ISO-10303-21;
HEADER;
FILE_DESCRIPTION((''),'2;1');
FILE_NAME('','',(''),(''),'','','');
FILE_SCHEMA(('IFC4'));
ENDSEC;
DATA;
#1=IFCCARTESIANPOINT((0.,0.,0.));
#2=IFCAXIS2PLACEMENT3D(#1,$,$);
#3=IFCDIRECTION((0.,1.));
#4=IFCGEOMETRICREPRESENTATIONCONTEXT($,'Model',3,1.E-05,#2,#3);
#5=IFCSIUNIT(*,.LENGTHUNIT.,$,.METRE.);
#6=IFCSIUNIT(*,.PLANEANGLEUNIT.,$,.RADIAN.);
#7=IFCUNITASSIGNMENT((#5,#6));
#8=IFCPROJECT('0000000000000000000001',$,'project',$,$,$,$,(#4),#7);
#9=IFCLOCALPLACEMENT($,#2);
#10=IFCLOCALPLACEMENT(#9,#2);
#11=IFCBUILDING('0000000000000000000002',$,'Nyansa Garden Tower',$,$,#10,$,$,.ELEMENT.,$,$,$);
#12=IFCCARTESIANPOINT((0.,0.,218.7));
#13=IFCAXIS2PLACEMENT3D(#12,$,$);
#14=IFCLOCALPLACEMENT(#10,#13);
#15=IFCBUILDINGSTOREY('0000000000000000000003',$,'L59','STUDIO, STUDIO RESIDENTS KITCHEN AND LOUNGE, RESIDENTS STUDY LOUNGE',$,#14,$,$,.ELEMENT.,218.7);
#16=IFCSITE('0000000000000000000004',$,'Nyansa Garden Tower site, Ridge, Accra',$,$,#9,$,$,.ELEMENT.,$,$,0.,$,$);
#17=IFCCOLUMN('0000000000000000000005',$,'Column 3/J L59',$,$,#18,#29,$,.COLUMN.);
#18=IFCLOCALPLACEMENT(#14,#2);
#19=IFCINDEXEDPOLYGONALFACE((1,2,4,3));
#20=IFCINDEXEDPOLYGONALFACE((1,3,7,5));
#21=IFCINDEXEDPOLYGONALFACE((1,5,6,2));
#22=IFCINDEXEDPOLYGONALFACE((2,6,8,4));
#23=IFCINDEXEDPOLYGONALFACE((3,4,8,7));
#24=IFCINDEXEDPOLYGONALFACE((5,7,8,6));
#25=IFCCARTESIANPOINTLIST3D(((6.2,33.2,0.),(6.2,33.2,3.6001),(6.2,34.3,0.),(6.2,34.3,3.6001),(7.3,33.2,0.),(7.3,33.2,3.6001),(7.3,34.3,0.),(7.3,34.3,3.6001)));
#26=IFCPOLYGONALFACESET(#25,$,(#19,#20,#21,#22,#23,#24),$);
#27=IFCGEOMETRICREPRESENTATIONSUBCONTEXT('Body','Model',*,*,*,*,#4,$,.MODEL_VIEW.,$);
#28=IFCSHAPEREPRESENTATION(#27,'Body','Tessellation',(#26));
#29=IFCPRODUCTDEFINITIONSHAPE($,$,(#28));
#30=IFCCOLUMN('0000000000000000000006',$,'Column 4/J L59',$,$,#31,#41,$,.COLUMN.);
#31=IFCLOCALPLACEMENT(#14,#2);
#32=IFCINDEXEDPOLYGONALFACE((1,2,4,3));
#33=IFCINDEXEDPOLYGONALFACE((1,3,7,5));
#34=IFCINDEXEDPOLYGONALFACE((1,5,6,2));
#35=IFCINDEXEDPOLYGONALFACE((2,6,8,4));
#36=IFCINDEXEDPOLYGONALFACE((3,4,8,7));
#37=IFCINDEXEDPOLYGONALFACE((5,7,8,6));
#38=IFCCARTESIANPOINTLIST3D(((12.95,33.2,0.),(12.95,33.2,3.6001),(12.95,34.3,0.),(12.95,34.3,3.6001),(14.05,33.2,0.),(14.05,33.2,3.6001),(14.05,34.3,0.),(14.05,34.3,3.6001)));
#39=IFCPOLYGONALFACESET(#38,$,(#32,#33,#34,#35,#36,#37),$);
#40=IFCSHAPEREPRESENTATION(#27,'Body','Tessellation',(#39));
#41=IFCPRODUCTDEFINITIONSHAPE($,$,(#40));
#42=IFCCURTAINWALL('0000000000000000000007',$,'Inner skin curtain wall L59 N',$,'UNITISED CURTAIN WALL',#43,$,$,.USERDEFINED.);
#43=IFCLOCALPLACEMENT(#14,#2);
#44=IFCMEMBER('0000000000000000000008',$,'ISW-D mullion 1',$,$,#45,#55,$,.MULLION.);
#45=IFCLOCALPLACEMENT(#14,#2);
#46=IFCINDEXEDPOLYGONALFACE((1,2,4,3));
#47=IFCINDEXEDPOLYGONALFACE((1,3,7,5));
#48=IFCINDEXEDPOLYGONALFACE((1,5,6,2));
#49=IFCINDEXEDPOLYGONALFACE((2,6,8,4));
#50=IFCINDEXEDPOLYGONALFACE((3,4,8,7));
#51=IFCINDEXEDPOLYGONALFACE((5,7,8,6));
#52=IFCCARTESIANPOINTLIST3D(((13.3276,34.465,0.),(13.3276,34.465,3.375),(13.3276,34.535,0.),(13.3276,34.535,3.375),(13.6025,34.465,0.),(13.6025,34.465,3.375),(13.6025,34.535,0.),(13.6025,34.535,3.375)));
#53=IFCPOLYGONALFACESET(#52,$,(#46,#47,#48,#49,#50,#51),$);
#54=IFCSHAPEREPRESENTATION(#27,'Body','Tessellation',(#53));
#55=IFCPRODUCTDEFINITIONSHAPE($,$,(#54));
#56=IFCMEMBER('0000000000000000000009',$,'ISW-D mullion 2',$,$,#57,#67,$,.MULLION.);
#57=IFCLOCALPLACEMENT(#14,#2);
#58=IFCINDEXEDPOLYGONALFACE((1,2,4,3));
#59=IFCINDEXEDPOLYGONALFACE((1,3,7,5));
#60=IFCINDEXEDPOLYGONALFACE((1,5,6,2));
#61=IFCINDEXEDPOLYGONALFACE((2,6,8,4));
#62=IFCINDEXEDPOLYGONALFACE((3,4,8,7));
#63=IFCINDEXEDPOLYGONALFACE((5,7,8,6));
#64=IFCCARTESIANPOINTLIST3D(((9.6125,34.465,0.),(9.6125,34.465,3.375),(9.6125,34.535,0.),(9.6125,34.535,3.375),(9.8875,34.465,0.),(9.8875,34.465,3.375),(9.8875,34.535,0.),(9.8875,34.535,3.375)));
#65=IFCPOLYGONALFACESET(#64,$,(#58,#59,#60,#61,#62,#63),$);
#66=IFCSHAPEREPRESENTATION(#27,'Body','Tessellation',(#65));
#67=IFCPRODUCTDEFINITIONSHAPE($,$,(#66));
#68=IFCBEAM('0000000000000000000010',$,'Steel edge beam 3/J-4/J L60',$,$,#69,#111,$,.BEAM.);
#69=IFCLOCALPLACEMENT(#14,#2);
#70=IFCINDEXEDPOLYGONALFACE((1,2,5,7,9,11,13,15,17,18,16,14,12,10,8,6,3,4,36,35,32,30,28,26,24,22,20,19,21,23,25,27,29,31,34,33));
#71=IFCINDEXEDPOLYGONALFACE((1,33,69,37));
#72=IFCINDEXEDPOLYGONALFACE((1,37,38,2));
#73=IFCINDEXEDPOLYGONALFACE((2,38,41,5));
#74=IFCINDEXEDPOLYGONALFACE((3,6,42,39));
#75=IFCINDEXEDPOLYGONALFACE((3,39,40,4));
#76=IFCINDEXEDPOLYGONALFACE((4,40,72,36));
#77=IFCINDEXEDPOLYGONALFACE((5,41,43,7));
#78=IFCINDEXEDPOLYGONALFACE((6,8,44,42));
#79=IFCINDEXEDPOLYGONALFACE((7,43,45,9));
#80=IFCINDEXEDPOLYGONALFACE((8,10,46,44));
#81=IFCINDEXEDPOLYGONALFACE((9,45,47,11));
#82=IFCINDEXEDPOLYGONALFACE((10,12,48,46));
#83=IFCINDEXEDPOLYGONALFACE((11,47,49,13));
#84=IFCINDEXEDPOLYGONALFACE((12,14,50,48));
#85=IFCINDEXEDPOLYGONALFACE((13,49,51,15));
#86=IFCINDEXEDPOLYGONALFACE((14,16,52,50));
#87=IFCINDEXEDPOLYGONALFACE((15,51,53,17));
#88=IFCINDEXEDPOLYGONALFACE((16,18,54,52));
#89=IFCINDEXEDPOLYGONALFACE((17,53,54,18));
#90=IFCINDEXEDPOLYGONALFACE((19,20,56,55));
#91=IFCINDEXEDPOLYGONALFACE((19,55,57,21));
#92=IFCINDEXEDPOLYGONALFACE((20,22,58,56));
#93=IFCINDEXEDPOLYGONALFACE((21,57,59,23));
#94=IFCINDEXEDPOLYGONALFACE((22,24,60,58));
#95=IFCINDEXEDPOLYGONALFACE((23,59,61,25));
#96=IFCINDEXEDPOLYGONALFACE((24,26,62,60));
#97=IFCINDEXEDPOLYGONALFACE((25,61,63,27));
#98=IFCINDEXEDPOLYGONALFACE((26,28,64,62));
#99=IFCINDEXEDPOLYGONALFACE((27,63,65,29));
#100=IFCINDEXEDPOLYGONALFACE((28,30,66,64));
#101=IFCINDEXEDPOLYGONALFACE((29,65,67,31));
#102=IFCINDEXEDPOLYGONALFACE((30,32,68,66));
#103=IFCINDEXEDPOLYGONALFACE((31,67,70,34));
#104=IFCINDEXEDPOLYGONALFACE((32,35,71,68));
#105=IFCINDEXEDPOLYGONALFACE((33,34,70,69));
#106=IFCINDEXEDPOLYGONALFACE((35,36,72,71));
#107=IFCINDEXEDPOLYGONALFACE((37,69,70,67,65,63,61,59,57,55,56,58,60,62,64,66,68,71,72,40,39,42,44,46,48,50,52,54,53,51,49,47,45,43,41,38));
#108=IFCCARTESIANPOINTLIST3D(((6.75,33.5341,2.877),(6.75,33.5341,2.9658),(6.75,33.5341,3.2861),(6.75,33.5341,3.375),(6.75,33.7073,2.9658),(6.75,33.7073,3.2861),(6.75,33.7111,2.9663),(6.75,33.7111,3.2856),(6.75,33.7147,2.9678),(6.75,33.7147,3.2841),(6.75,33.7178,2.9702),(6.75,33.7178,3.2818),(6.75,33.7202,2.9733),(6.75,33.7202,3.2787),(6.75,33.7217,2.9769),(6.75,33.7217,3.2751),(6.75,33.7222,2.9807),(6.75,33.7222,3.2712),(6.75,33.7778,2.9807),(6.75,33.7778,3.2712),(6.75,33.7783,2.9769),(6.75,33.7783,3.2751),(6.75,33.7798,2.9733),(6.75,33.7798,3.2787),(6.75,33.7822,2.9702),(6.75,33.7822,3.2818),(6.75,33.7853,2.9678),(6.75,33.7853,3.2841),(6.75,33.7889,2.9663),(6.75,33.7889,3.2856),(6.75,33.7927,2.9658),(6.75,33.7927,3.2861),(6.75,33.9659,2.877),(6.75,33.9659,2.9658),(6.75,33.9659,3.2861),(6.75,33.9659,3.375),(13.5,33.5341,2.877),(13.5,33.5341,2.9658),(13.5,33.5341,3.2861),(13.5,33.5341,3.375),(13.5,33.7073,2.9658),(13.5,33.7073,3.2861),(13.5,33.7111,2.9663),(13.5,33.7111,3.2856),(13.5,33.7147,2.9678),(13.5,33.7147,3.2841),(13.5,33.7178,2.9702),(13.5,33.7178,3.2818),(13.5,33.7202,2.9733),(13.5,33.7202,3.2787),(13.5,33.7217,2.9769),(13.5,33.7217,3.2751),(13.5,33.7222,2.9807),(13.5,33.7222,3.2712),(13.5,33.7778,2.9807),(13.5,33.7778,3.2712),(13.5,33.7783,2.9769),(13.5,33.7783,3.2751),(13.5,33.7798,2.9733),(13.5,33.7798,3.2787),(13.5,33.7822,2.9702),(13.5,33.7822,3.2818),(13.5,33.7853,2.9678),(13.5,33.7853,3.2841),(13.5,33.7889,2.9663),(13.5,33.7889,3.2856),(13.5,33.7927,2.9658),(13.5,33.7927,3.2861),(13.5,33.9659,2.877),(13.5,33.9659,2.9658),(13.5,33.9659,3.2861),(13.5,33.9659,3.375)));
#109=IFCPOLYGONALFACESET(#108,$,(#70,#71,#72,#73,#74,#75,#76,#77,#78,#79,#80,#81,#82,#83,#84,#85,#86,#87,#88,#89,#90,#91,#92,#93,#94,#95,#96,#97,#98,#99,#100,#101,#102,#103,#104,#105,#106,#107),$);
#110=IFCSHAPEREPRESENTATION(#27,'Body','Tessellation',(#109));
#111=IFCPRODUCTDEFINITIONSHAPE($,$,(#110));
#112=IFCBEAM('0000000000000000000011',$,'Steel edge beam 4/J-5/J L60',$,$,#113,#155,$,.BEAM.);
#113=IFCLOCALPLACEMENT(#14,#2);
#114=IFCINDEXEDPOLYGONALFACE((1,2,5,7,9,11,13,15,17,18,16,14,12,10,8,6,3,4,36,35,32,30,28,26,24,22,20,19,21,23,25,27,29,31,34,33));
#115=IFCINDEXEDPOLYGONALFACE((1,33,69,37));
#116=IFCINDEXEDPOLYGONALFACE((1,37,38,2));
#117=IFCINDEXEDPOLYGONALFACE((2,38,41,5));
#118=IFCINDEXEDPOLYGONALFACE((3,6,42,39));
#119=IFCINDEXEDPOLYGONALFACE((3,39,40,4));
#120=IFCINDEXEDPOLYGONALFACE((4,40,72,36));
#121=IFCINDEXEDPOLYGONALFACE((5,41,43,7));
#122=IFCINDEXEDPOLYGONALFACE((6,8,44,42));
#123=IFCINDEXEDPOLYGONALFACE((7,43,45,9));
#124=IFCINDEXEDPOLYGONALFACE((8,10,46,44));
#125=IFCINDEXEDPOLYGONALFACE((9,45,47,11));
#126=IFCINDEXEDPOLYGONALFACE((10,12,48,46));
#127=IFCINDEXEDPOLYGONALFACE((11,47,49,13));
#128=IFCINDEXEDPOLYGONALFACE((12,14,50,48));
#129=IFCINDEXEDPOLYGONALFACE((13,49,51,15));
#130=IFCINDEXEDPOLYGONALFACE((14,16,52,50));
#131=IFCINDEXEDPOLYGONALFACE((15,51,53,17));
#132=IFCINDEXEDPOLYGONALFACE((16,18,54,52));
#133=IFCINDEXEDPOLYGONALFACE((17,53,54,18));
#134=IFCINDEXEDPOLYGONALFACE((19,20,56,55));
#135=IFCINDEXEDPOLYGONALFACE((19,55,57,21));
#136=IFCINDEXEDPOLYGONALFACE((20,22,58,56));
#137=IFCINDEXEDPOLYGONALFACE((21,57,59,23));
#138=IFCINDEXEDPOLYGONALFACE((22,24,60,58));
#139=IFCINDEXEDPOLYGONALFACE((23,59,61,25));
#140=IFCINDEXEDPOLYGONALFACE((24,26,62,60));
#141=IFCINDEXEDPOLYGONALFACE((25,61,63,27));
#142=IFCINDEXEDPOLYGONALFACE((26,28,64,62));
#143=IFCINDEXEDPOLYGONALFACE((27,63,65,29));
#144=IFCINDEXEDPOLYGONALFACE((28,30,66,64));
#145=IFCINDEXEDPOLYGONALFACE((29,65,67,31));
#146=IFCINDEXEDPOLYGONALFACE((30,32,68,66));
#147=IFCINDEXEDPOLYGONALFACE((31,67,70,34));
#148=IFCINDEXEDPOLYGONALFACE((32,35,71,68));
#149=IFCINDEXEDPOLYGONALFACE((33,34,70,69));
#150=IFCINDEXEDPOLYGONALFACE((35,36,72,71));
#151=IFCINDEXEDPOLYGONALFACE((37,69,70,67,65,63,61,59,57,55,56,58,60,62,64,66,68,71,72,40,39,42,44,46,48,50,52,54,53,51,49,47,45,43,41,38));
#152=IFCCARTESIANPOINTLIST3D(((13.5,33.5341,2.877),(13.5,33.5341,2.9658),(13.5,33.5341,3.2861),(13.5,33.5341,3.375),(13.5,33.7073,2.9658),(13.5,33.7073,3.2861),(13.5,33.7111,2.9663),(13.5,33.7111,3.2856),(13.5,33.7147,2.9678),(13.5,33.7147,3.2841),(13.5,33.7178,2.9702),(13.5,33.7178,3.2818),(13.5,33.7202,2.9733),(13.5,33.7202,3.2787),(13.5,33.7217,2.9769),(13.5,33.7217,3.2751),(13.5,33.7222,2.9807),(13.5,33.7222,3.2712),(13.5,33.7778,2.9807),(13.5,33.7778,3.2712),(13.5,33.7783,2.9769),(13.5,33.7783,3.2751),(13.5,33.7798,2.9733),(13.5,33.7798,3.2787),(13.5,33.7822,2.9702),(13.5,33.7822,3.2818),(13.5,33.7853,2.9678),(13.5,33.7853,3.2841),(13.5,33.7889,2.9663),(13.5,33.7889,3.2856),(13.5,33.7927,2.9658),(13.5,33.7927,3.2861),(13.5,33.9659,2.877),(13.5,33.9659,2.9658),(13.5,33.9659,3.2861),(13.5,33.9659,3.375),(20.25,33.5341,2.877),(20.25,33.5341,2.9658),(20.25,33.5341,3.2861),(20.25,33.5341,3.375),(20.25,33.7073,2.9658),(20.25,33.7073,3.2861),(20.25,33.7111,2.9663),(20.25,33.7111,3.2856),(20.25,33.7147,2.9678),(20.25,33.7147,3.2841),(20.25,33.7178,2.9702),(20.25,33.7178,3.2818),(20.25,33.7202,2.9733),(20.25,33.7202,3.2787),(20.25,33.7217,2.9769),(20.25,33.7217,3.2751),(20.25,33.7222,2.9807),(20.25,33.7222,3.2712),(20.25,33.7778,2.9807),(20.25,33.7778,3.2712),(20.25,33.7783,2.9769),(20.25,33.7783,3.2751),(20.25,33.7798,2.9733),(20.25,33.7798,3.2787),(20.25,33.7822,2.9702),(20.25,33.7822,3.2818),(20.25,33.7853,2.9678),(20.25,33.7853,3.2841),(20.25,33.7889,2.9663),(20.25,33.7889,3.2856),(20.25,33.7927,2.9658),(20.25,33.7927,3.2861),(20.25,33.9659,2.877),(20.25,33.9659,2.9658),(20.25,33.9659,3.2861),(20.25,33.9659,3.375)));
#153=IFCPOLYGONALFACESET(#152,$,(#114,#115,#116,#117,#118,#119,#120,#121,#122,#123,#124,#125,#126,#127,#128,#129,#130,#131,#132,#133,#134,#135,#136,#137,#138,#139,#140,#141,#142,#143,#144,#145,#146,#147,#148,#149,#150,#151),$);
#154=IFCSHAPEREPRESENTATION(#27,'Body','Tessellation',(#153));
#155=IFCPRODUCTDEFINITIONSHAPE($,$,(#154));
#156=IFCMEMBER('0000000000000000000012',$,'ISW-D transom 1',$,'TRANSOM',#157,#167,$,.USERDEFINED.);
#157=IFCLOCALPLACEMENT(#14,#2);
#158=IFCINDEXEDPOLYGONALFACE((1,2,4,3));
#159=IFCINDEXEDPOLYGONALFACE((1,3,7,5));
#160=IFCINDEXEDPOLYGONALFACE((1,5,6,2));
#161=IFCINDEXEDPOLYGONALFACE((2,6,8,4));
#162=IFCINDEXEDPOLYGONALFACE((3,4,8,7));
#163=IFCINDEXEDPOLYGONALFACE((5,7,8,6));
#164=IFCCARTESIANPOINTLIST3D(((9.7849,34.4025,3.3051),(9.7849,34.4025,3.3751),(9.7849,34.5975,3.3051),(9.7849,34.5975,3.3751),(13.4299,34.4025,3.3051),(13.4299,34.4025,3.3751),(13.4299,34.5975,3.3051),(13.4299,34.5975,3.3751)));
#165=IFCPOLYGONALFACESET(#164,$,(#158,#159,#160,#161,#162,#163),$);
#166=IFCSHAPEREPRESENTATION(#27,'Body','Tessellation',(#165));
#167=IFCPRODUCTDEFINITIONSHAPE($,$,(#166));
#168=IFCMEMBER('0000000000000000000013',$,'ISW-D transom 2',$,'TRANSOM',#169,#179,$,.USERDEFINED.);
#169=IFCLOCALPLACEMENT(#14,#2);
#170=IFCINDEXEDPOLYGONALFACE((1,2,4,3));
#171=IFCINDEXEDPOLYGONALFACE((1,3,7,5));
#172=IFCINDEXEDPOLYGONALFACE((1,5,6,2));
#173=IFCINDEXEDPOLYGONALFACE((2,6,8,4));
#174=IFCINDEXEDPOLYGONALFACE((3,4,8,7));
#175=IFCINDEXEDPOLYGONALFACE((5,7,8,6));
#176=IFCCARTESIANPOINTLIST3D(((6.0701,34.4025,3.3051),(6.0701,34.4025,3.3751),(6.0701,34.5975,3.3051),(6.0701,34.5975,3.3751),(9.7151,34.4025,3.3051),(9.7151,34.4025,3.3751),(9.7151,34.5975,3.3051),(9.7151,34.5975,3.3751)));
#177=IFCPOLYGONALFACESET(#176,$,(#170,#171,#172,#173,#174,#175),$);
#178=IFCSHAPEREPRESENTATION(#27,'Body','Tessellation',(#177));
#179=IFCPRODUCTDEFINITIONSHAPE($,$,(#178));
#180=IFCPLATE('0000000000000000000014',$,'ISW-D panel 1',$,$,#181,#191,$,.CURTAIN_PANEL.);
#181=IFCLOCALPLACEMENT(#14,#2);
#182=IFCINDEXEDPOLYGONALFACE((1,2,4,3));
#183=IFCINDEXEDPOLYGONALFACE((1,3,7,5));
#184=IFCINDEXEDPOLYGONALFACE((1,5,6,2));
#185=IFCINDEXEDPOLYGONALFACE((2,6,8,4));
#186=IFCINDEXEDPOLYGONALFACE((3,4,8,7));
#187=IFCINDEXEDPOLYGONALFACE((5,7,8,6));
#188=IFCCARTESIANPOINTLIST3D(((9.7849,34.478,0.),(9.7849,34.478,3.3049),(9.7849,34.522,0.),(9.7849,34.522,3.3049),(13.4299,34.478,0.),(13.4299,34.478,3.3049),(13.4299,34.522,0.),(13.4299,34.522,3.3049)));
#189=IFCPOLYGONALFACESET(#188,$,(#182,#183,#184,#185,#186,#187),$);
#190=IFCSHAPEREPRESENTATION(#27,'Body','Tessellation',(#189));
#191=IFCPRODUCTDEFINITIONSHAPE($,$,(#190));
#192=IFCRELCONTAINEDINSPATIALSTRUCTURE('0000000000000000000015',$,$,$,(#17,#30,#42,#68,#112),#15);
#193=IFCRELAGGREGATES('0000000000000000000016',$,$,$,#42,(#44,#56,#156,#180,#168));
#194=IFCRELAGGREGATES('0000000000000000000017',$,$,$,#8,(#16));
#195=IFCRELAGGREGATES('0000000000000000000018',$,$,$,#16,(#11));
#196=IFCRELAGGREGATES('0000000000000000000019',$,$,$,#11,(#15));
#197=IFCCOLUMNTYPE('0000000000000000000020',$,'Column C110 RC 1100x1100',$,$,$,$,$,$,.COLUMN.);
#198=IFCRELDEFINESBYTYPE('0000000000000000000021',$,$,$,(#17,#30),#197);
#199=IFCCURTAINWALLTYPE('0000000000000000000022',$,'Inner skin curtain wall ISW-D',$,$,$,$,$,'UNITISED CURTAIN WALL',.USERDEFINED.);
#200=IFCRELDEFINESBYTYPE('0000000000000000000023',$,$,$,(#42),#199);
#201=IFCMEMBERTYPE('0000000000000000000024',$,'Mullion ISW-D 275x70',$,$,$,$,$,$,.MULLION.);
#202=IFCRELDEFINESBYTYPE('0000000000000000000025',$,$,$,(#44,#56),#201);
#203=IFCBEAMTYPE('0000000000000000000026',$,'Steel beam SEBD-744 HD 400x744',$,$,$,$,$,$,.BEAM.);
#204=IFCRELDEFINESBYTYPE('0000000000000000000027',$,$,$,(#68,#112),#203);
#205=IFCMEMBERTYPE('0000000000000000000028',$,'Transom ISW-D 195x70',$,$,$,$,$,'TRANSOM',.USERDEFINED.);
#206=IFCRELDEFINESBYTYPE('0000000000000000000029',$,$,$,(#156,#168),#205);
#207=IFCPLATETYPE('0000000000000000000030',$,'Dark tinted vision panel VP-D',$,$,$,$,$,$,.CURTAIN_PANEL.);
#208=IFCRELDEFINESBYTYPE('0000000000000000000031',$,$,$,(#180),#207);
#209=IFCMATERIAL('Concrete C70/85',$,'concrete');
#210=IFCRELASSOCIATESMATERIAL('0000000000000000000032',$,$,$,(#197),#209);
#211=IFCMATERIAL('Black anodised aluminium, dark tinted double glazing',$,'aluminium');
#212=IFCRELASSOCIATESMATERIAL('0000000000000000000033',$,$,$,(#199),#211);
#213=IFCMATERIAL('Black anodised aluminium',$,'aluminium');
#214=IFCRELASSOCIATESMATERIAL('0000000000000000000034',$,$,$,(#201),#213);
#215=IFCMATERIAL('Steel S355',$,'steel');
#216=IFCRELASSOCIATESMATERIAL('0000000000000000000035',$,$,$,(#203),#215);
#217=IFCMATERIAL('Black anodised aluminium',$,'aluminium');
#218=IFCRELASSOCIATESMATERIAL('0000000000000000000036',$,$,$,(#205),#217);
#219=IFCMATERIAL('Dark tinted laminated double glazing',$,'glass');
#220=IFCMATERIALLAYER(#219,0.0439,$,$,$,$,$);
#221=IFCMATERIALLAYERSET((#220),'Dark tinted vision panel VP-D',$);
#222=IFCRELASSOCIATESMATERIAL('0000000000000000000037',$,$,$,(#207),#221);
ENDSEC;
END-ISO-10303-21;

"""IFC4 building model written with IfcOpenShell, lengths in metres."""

from ifc_helpers import new_model, si_unit, direction, frame, origin, origin_2d, place, context, subcontext, project, spatial, rectangle, i_section, extrude, material, layer, layer_set, material_profile, profile_set, type_object, element, aggregate, save


model = new_model("IFC4")

# Units and contexts
model_context = context("Model", 3, precision=1e-05, world=origin(), true_north=direction((0.0, 1.0)))
body_context = subcontext(model_context, "Body", "Model", "MODEL_VIEW")
ifc_project = project(units=[si_unit("LENGTHUNIT", "METRE"), si_unit("PLANEANGLEUNIT", "RADIAN")], contexts=[model_context])

# Site, building, storey
site_placement = place(None, origin())
site = spatial("IfcSite", under=ifc_project, at=site_placement, Name="Nyansa Garden Tower site, Ridge, Accra", CompositionType="ELEMENT", RefElevation=0.0)
building_placement = place(site_placement, origin())
building = spatial("IfcBuilding", under=site, at=building_placement, Name="Nyansa Garden Tower", CompositionType="ELEMENT")
storey_placement = place(building_placement, frame((0.0, 0.0, 218.7)))
storey = spatial("IfcBuildingStorey", under=building, at=storey_placement, Name="L59", Description="STUDIO, STUDIO RESIDENTS KITCHEN AND LOUNGE, RESIDENTS STUDY LOUNGE", CompositionType="ELEMENT", Elevation=218.7)

# Columns
ifc_material_1 = material(Name="Concrete C70/85", Category="concrete")
ifc_material_profile_1 = material_profile(ifc_material_1, rectangle(XDim=1.1001, YDim=1.1001, at=origin_2d()), Name="RC 1100x1100")
ifc_profile_set_1 = profile_set([ifc_material_profile_1], Name="Concrete C70/85")
column_type = type_object("IfcColumnType", Name="Column C110 RC 1100x1100", PredefinedType="COLUMN", material=ifc_profile_set_1)
for number, where, z_axis, x_axis, name in (
    (1, (6.75, 33.75, 0.0), (0.0, 0.0, 1.0), (1.0, 0.0, 0.0), "Column 3/J L59"),
    (2, (13.5, 33.75, 0.0), (0.0, 0.0, 1.0), (1.0, 0.0, 0.0), "Column 4/J L59"),
):
    element("IfcColumn", number, at=place(storey_placement, frame(where, z_axis=z_axis, x_axis=x_axis)), inside=storey, type_object=column_type, Name=name, PredefinedType="COLUMN", context=body_context, shape_type="SweptSolid", body=[
        extrude(rectangle(XDim=1.1001, YDim=1.1001, at=origin_2d()), origin(), (0.0, 0.0, 1.0), 3.6001),
    ])

# Curtain wall, members
ifc_material_2 = material(Name="Black anodised aluminium, dark tinted double glazing", Category="aluminium")
curtain_wall_type = type_object("IfcCurtainWallType", Name="Inner skin curtain wall ISW-D", ElementType="UNITISED CURTAIN WALL", PredefinedType="USERDEFINED", material=ifc_material_2)
curtain_wall_placement = place(storey_placement, origin())
curtain_wall = element("IfcCurtainWall", 3, at=curtain_wall_placement, inside=storey, type_object=curtain_wall_type, Name="Inner skin curtain wall L59 N", ObjectType="UNITISED CURTAIN WALL", PredefinedType="USERDEFINED")
ifc_material_3 = material(Name="Black anodised aluminium", Category="aluminium")
ifc_material_profile_2 = material_profile(ifc_material_3, rectangle(XDim=0.0701, YDim=0.2749, at=origin_2d()), Name="Mullion 275x70")
ifc_profile_set_2 = profile_set([ifc_material_profile_2], Name="Black anodised aluminium")
member_type_1 = type_object("IfcMemberType", Name="Mullion ISW-D 275x70", PredefinedType="MULLION", material=ifc_profile_set_2)
member_1_placement = place(storey_placement, frame((13.4651, 34.5, 0.0), z_axis=(0.0, 0.0, 1.0), x_axis=(0.0, -1.0, 0.0)))
member_1 = element("IfcMember", 4, at=member_1_placement, type_object=member_type_1, Name="ISW-D mullion 1", PredefinedType="MULLION", context=body_context, shape_type="SweptSolid", body=[
    extrude(rectangle(XDim=0.0701, YDim=0.2749, at=origin_2d()), origin(), (0.0, 0.0, 1.0), 3.375),
])
member_2_placement = place(storey_placement, frame((9.75, 34.5, 0.0), z_axis=(0.0, 0.0, 1.0), x_axis=(0.0, -1.0, 0.0)))
member_2 = element("IfcMember", 5, at=member_2_placement, type_object=member_type_1, Name="ISW-D mullion 2", PredefinedType="MULLION", context=body_context, shape_type="SweptSolid", body=[
    extrude(rectangle(XDim=0.0701, YDim=0.2749, at=origin_2d()), origin(), (0.0, 0.0, 1.0), 3.375),
])

# Beams
ifc_material_4 = material(Name="Steel S355", Category="steel")
ifc_material_profile_3 = material_profile(ifc_material_4, i_section(OverallWidth=0.4319, OverallDepth=0.498, WebThickness=0.0557, FlangeThickness=0.0889, FilletRadius=0.0149, at=origin_2d()), Name="HD 400x744")
ifc_profile_set_3 = profile_set([ifc_material_profile_3], Name="Steel S355")
beam_type = type_object("IfcBeamType", Name="Steel beam SEBD-744 HD 400x744", PredefinedType="BEAM", material=ifc_profile_set_3)
for number, where, z_axis, x_axis, name in (
    (6, (6.75, 33.75, 3.126), (1.0, 0.0, 0.0), (0.0, 1.0, 0.0), "Steel edge beam 3/J-4/J L60"),
    (7, (13.5, 33.75, 3.126), (1.0, 0.0, 0.0), (0.0, 1.0, 0.0), "Steel edge beam 4/J-5/J L60"),
):
    element("IfcBeam", number, at=place(storey_placement, frame(where, z_axis=z_axis, x_axis=x_axis)), inside=storey, type_object=beam_type, Name=name, PredefinedType="BEAM", context=body_context, shape_type="SweptSolid", body=[
        extrude(i_section(OverallWidth=0.4319, OverallDepth=0.498, WebThickness=0.0557, FlangeThickness=0.0889, FilletRadius=0.0149, at=origin_2d()), origin(), (0.0, 0.0, 1.0), 6.75),
    ])

# Members
ifc_material_5 = material(Name="Black anodised aluminium", Category="aluminium")
ifc_material_profile_4 = material_profile(ifc_material_5, rectangle(XDim=0.1951, YDim=0.0701, at=origin_2d()), Name="Transom 195x70")
ifc_profile_set_4 = profile_set([ifc_material_profile_4], Name="Black anodised aluminium")
member_type_2 = type_object("IfcMemberType", Name="Transom ISW-D 195x70", ElementType="TRANSOM", PredefinedType="USERDEFINED", material=ifc_profile_set_4)
member_3_placement = place(storey_placement, frame((13.4299, 34.5, 3.3401), z_axis=(-1.0, 0.0, 0.0), x_axis=(0.0, -1.0, 0.0)))
member_3 = element("IfcMember", 8, at=member_3_placement, type_object=member_type_2, Name="ISW-D transom 1", ObjectType="TRANSOM", PredefinedType="USERDEFINED", context=body_context, shape_type="SweptSolid", body=[
    extrude(rectangle(XDim=0.1951, YDim=0.0701, at=origin_2d()), origin(), (0.0, 0.0, 1.0), 3.645),
])
member_4_placement = place(storey_placement, frame((9.7151, 34.5, 3.3401), z_axis=(-1.0, 0.0, 0.0), x_axis=(0.0, -1.0, 0.0)))
member_4 = element("IfcMember", 9, at=member_4_placement, type_object=member_type_2, Name="ISW-D transom 2", ObjectType="TRANSOM", PredefinedType="USERDEFINED", context=body_context, shape_type="SweptSolid", body=[
    extrude(rectangle(XDim=0.1951, YDim=0.0701, at=origin_2d()), origin(), (0.0, 0.0, 1.0), 3.645),
])

# Plate
ifc_material_6 = material(Name="Dark tinted laminated double glazing", Category="glass")
ifc_layer_1 = layer(ifc_material_6, 0.0439)
ifc_layer_set_1 = layer_set([ifc_layer_1], Name="Dark tinted vision panel VP-D")
plate_type = type_object("IfcPlateType", Name="Dark tinted vision panel VP-D", PredefinedType="CURTAIN_PANEL", material=ifc_layer_set_1)
plate_1_placement = place(storey_placement, frame((11.6074, 34.5, 0.0), z_axis=(0.0, 0.0, 1.0), x_axis=(-1.0, 0.0, 0.0)))
plate_1 = element("IfcPlate", 10, at=plate_1_placement, type_object=plate_type, Name="ISW-D panel 1", PredefinedType="CURTAIN_PANEL", context=body_context, shape_type="SweptSolid", body=[
    extrude(rectangle(XDim=3.645, YDim=0.0439, at=origin_2d()), origin(), (0.0, 0.0, 1.0), 3.3049),
])
aggregate(curtain_wall, [member_1, member_2, member_3, plate_1, member_4])

save(model, "model.ifc")
